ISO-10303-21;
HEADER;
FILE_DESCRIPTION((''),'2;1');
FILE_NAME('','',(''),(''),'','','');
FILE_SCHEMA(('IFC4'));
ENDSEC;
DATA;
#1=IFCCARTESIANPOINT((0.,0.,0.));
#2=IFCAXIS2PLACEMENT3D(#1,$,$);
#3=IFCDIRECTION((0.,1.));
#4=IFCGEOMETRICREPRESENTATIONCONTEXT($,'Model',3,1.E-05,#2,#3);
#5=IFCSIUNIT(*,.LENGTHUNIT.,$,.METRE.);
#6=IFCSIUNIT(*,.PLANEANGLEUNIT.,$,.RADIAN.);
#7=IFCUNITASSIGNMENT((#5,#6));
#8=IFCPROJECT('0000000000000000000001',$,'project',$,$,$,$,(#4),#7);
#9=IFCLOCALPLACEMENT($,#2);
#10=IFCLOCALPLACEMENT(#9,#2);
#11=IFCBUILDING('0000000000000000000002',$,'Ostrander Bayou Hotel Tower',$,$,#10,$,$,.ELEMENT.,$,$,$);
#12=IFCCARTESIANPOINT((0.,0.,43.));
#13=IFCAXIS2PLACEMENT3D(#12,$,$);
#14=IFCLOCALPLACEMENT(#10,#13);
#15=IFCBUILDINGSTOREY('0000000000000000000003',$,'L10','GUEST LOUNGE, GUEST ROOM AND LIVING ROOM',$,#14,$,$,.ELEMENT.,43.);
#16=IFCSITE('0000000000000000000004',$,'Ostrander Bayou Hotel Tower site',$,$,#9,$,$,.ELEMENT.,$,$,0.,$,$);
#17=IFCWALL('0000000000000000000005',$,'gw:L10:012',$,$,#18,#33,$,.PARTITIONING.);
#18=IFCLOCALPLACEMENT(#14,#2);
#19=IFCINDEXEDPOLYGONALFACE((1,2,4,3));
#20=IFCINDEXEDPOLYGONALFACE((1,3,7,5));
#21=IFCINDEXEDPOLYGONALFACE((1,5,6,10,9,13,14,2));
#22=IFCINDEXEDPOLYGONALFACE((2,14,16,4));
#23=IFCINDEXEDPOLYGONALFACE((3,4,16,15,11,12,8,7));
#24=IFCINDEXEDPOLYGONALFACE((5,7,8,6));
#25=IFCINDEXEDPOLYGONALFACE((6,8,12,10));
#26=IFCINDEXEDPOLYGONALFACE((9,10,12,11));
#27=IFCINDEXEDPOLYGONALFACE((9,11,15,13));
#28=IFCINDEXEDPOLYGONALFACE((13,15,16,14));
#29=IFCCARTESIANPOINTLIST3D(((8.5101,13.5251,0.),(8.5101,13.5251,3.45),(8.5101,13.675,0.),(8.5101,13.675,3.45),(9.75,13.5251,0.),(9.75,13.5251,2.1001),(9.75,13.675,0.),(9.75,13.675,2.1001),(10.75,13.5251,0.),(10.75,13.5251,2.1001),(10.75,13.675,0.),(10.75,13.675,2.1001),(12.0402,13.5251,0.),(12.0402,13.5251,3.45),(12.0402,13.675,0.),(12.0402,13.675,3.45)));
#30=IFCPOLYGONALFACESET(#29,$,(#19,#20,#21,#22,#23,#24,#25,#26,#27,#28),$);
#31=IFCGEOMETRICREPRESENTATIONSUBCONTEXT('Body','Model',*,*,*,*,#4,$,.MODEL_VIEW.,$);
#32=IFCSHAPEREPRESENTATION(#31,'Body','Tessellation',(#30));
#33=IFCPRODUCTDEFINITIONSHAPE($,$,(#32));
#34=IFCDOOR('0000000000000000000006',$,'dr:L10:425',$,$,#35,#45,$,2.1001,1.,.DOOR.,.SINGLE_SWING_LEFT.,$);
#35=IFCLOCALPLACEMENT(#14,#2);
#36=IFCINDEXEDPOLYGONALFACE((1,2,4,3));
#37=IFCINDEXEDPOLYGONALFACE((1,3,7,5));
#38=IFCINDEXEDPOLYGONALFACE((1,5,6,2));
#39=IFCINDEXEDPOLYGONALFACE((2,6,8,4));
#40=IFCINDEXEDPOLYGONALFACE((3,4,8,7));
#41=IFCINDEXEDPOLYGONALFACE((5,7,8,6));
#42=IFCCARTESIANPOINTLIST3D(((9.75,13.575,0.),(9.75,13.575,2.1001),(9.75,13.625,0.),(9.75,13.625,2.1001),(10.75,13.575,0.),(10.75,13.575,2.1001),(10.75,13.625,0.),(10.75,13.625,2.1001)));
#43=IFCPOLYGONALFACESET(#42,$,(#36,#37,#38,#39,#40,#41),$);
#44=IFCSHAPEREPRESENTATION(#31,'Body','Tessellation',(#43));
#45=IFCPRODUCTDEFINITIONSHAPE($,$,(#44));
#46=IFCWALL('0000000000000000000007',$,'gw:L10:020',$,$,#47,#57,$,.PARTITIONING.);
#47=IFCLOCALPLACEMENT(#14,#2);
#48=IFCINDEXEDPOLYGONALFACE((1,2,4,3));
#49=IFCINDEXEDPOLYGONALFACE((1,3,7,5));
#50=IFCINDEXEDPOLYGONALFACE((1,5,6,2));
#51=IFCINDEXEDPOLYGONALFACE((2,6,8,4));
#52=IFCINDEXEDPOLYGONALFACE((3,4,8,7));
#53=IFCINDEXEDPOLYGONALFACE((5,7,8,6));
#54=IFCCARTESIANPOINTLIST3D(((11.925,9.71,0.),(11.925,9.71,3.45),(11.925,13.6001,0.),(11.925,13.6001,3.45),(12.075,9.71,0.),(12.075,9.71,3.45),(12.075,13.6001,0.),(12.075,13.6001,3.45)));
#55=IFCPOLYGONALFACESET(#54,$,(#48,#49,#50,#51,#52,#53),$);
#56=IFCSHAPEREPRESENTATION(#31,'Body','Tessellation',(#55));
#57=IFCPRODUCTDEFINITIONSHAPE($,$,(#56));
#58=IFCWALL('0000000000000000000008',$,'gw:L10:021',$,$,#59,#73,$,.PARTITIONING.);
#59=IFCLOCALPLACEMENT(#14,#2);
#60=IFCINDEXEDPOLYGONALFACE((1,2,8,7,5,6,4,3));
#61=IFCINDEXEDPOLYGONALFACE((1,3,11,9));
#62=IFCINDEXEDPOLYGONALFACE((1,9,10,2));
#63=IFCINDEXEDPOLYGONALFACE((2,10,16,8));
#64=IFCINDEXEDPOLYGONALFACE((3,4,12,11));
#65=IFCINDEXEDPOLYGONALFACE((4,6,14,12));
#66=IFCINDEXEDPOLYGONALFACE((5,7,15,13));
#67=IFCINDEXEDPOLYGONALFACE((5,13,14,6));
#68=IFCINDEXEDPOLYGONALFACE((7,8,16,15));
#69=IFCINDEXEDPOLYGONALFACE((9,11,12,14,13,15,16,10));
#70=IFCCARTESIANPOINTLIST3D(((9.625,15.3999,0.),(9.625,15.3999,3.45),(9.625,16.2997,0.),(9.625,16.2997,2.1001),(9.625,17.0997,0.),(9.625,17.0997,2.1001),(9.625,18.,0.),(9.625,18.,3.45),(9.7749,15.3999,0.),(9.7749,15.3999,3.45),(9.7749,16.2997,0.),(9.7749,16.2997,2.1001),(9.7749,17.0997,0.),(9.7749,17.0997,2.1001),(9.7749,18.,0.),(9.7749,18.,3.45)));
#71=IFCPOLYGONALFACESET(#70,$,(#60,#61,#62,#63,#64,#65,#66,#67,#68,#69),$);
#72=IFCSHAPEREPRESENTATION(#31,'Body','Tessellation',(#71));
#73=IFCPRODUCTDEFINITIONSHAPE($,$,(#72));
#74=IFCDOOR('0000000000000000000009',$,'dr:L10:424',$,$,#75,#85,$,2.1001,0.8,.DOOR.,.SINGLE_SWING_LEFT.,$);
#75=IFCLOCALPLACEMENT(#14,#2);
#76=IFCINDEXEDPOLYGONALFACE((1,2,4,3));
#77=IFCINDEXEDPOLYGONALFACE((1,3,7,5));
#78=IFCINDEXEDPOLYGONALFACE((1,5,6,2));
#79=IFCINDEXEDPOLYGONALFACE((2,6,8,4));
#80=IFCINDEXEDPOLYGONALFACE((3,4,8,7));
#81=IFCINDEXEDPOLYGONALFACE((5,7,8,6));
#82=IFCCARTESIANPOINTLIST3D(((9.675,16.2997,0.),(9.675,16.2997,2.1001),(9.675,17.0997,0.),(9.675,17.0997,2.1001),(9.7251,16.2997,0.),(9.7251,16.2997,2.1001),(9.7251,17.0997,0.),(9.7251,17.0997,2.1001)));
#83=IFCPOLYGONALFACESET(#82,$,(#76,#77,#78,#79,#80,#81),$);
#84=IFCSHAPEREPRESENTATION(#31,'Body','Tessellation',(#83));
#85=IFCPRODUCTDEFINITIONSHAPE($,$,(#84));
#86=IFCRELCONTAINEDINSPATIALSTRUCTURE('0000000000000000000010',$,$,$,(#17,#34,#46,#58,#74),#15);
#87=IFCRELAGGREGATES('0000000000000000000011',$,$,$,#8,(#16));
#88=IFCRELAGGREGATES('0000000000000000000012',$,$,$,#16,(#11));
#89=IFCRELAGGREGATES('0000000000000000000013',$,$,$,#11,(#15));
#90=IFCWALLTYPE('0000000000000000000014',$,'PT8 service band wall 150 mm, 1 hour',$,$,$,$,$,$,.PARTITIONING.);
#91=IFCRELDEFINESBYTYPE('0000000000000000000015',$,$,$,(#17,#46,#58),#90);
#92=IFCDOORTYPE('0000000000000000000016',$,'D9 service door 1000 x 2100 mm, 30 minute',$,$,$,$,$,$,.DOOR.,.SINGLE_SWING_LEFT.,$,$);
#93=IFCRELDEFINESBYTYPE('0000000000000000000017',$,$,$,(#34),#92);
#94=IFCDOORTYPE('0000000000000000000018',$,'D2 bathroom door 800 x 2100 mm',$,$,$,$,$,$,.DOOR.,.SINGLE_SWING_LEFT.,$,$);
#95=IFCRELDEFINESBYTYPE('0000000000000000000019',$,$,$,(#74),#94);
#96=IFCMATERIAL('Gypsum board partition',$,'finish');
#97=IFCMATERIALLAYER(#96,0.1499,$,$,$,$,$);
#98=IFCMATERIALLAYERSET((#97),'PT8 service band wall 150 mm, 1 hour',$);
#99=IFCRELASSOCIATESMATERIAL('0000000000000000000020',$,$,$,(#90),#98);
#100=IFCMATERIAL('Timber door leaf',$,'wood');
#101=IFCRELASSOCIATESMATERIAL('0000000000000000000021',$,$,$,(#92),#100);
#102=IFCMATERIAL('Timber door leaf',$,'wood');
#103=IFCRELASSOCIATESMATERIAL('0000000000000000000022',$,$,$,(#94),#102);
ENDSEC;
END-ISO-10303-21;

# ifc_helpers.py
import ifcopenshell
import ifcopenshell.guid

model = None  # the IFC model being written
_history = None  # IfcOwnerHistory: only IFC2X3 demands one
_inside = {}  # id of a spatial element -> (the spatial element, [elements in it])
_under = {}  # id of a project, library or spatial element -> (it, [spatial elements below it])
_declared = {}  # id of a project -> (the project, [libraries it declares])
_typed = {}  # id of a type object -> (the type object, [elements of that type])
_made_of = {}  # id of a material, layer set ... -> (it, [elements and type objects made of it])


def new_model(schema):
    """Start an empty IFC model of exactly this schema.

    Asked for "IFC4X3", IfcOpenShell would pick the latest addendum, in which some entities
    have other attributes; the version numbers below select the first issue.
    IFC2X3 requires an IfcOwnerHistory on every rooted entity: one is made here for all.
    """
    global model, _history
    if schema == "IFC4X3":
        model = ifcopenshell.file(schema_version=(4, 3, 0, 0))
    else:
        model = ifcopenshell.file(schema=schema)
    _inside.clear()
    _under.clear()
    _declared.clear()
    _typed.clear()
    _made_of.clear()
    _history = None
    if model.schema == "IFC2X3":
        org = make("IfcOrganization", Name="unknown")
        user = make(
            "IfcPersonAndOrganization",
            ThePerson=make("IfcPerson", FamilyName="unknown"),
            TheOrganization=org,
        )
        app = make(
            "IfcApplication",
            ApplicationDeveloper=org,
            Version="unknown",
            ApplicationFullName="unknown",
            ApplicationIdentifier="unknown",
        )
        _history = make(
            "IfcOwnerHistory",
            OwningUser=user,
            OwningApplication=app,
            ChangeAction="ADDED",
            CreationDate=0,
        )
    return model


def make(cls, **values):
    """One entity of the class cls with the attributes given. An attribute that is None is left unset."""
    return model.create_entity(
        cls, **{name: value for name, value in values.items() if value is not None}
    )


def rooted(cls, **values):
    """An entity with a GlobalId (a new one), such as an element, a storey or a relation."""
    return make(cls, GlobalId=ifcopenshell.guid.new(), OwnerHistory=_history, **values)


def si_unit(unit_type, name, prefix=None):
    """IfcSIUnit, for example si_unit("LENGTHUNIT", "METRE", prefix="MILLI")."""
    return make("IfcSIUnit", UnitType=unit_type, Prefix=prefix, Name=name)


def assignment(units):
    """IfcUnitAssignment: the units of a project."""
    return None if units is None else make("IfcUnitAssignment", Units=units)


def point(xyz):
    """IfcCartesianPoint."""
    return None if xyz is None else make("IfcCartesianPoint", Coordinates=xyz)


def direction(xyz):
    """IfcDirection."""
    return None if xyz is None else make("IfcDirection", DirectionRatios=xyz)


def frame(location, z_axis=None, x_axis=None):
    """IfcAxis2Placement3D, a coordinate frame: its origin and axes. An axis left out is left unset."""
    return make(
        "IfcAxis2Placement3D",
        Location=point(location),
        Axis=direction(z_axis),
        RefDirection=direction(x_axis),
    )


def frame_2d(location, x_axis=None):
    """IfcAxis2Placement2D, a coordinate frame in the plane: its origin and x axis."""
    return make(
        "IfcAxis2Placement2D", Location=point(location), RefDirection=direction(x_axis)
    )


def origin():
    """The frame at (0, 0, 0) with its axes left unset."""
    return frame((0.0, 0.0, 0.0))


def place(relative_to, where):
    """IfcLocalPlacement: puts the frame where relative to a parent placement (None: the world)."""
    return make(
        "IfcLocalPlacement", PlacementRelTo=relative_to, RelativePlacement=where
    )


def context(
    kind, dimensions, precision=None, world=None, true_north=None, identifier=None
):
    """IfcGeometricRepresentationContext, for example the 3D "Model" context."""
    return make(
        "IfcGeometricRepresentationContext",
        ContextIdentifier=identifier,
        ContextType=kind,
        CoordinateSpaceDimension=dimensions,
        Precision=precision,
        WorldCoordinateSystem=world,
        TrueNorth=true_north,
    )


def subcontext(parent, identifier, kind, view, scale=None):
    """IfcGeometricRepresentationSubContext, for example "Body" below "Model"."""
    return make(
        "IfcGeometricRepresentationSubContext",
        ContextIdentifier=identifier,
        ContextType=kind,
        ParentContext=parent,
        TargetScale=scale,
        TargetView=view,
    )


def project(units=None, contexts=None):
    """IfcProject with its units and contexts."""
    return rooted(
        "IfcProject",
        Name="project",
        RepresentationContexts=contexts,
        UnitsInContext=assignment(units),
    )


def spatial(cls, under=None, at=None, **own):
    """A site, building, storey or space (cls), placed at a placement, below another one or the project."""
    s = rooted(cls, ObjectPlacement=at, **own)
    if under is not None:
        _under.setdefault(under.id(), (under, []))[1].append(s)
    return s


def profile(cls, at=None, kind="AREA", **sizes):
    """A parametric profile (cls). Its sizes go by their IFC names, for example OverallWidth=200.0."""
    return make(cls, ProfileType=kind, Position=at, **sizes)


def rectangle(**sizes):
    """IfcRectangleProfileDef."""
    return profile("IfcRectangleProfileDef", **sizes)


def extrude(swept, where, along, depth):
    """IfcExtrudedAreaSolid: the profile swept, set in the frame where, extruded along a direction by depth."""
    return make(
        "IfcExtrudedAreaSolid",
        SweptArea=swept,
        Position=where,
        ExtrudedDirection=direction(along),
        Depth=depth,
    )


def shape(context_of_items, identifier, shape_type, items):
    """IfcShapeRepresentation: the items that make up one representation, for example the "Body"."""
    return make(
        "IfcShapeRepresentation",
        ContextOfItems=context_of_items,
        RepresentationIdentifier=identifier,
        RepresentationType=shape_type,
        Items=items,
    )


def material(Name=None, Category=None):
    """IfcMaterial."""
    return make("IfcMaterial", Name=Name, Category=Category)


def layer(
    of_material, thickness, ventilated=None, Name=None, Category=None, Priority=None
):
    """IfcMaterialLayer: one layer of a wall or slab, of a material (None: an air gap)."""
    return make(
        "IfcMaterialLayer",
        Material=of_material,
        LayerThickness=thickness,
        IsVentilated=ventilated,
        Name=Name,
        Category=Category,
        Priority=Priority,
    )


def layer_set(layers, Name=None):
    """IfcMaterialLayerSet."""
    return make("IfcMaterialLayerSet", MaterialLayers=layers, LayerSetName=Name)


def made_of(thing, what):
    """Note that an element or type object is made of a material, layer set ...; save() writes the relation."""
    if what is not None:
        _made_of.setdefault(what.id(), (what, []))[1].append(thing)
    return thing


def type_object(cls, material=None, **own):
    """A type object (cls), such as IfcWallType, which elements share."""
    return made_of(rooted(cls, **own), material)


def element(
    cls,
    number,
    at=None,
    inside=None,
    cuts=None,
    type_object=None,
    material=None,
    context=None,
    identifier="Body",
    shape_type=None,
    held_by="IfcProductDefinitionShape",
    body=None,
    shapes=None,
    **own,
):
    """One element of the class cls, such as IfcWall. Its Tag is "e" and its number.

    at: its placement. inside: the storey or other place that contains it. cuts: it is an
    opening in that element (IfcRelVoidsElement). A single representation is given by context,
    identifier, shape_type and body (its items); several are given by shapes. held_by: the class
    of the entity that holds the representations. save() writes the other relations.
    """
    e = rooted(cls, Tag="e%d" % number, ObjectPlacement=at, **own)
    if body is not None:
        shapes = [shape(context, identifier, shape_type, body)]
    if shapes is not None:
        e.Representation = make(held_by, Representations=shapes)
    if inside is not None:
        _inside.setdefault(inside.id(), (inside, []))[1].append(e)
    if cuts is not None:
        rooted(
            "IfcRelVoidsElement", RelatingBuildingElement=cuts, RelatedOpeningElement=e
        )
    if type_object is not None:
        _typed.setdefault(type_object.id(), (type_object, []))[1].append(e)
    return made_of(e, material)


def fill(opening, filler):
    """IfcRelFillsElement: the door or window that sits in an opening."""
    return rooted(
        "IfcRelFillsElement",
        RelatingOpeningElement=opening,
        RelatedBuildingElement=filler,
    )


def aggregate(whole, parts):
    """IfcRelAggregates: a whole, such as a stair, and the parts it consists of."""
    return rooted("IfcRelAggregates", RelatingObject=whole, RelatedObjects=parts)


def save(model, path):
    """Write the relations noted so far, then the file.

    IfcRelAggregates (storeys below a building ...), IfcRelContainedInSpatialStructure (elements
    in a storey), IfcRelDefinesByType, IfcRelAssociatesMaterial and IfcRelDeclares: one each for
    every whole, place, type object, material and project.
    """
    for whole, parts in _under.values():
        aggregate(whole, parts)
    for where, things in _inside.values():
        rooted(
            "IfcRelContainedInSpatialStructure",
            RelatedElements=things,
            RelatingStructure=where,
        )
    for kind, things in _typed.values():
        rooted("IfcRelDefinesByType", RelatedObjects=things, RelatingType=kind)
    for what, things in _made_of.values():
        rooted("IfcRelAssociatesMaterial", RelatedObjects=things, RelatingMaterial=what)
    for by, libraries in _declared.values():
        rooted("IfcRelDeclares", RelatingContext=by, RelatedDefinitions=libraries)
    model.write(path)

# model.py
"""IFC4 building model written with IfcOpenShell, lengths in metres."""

from ifc_helpers import new_model, si_unit, direction, frame, frame_2d, origin, place, context, subcontext, project, spatial, rectangle, extrude, material, layer, layer_set, type_object, element, fill, save


model = new_model("IFC4")

# Units and contexts
model_context = context("Model", 3, precision=1e-05, world=origin(), true_north=direction((0.0, 1.0)))
body_context = subcontext(model_context, "Body", "Model", "MODEL_VIEW")
ifc_project = project(units=[si_unit("LENGTHUNIT", "METRE"), si_unit("PLANEANGLEUNIT", "RADIAN")], contexts=[model_context])

# Site, building, storey
site_placement = place(None, origin())
site = spatial("IfcSite", under=ifc_project, at=site_placement, Name="Ostrander Bayou Hotel Tower site", CompositionType="ELEMENT", RefElevation=0.0)
building_placement = place(site_placement, origin())
building = spatial("IfcBuilding", under=site, at=building_placement, Name="Ostrander Bayou Hotel Tower", CompositionType="ELEMENT")
storey_placement = place(building_placement, frame((0.0, 0.0, 43.0)))
storey = spatial("IfcBuildingStorey", under=building, at=storey_placement, Name="L10", Description="GUEST LOUNGE, GUEST ROOM AND LIVING ROOM", CompositionType="ELEMENT", Elevation=43.0)

# Wall, opening, door
ifc_material_1 = material(Name="Gypsum board partition", Category="finish")
ifc_layer_1 = layer(ifc_material_1, 0.1499)
ifc_layer_set_1 = layer_set([ifc_layer_1], Name="PT8 service band wall 150 mm, 1 hour")
wall_type_1 = type_object("IfcWallType", Name="PT8 service band wall 150 mm, 1 hour", PredefinedType="PARTITIONING", material=ifc_layer_set_1)
wall_1_placement = place(storey_placement, frame((8.51, 13.6001, 0.0), z_axis=(0.0, 0.0, 1.0), x_axis=(1.0, 0.0, 0.0)))
wall_1 = element("IfcWall", 1, at=wall_1_placement, inside=storey, type_object=wall_type_1, Name="gw:L10:012", PredefinedType="PARTITIONING", context=body_context, shape_type="SweptSolid", body=[
    extrude(rectangle(XDim=3.53, YDim=0.1499, at=frame_2d((1.7651, 0.0))), origin(), (0.0, 0.0, 1.0), 3.45),
])
opening_1_placement = place(wall_1_placement, frame((1.24, 0.0, 0.0)))
opening_1 = element("IfcOpeningElement", 2, at=opening_1_placement, cuts=wall_1, PredefinedType="OPENING", context=body_context, shape_type="SweptSolid", body=[
    extrude(rectangle(XDim=1.0, YDim=2.1001, at=frame_2d((0.5, 1.05))), frame((0.0, 0.075, 0.0), z_axis=(0.0, -1.0, 0.0), x_axis=(1.0, 0.0, 0.0)), (0.0, 0.0, 1.0), 0.1499),
])
ifc_material_2 = material(Name="Timber door leaf", Category="wood")
door_type_1 = type_object("IfcDoorType", Name="D9 service door 1000 x 2100 mm, 30 minute", OperationType="SINGLE_SWING_LEFT", PredefinedType="DOOR", material=ifc_material_2)
door_1_placement = place(opening_1_placement, origin())
door_1 = element("IfcDoor", 3, at=door_1_placement, inside=storey, type_object=door_type_1, Name="dr:L10:425", OperationType="SINGLE_SWING_LEFT", OverallHeight=2.1001, OverallWidth=1.0, PredefinedType="DOOR", context=body_context, shape_type="SweptSolid", body=[
    extrude(rectangle(XDim=1.0, YDim=2.1001, at=frame_2d((0.5, 1.05))), frame((0.0, 0.0249, 0.0), z_axis=(0.0, -1.0, 0.0), x_axis=(1.0, 0.0, 0.0)), (0.0, 0.0, 1.0), 0.05),
])
fill(opening_1, door_1)

# Wall
wall_2_placement = place(storey_placement, frame((12.0, 9.71, 0.0), z_axis=(0.0, 0.0, 1.0), x_axis=(0.0, 1.0, 0.0)))
element("IfcWall", 4, at=wall_2_placement, inside=storey, type_object=wall_type_1, Name="gw:L10:020", PredefinedType="PARTITIONING", context=body_context, shape_type="SweptSolid", body=[
    extrude(rectangle(XDim=3.8901, YDim=0.1499, at=frame_2d((1.9451, 0.0))), origin(), (0.0, 0.0, 1.0), 3.45),
])

# Wall, opening, door
wall_3_placement = place(storey_placement, frame((9.7, 15.3999, 0.0), z_axis=(0.0, 0.0, 1.0), x_axis=(0.0, 1.0, 0.0)))
wall_3 = element("IfcWall", 5, at=wall_3_placement, inside=storey, type_object=wall_type_1, Name="gw:L10:021", PredefinedType="PARTITIONING", context=body_context, shape_type="SweptSolid", body=[
    extrude(rectangle(XDim=2.6001, YDim=0.1499, at=frame_2d((1.3, 0.0))), origin(), (0.0, 0.0, 1.0), 3.45),
])
opening_2_placement = place(wall_3_placement, frame((0.8999, 0.0, 0.0)))
opening_2 = element("IfcOpeningElement", 6, at=opening_2_placement, cuts=wall_3, PredefinedType="OPENING", context=body_context, shape_type="SweptSolid", body=[
    extrude(rectangle(XDim=0.8, YDim=2.1001, at=frame_2d((0.3999, 1.05))), frame((0.0, 0.075, 0.0), z_axis=(0.0, -1.0, 0.0), x_axis=(1.0, 0.0, 0.0)), (0.0, 0.0, 1.0), 0.1499),
])
ifc_material_3 = material(Name="Timber door leaf", Category="wood")
door_type_2 = type_object("IfcDoorType", Name="D2 bathroom door 800 x 2100 mm", OperationType="SINGLE_SWING_LEFT", PredefinedType="DOOR", material=ifc_material_3)
door_2_placement = place(opening_2_placement, origin())
door_2 = element("IfcDoor", 7, at=door_2_placement, inside=storey, type_object=door_type_2, Name="dr:L10:424", OperationType="SINGLE_SWING_LEFT", OverallHeight=2.1001, OverallWidth=0.8, PredefinedType="DOOR", context=body_context, shape_type="SweptSolid", body=[
    extrude(rectangle(XDim=0.8, YDim=2.1001, at=frame_2d((0.3999, 1.05))), frame((0.0, 0.0249, 0.0), z_axis=(0.0, -1.0, 0.0), x_axis=(1.0, 0.0, 0.0)), (0.0, 0.0, 1.0), 0.05),
])
fill(opening_2, door_2)

save(model, "model.ifc")
